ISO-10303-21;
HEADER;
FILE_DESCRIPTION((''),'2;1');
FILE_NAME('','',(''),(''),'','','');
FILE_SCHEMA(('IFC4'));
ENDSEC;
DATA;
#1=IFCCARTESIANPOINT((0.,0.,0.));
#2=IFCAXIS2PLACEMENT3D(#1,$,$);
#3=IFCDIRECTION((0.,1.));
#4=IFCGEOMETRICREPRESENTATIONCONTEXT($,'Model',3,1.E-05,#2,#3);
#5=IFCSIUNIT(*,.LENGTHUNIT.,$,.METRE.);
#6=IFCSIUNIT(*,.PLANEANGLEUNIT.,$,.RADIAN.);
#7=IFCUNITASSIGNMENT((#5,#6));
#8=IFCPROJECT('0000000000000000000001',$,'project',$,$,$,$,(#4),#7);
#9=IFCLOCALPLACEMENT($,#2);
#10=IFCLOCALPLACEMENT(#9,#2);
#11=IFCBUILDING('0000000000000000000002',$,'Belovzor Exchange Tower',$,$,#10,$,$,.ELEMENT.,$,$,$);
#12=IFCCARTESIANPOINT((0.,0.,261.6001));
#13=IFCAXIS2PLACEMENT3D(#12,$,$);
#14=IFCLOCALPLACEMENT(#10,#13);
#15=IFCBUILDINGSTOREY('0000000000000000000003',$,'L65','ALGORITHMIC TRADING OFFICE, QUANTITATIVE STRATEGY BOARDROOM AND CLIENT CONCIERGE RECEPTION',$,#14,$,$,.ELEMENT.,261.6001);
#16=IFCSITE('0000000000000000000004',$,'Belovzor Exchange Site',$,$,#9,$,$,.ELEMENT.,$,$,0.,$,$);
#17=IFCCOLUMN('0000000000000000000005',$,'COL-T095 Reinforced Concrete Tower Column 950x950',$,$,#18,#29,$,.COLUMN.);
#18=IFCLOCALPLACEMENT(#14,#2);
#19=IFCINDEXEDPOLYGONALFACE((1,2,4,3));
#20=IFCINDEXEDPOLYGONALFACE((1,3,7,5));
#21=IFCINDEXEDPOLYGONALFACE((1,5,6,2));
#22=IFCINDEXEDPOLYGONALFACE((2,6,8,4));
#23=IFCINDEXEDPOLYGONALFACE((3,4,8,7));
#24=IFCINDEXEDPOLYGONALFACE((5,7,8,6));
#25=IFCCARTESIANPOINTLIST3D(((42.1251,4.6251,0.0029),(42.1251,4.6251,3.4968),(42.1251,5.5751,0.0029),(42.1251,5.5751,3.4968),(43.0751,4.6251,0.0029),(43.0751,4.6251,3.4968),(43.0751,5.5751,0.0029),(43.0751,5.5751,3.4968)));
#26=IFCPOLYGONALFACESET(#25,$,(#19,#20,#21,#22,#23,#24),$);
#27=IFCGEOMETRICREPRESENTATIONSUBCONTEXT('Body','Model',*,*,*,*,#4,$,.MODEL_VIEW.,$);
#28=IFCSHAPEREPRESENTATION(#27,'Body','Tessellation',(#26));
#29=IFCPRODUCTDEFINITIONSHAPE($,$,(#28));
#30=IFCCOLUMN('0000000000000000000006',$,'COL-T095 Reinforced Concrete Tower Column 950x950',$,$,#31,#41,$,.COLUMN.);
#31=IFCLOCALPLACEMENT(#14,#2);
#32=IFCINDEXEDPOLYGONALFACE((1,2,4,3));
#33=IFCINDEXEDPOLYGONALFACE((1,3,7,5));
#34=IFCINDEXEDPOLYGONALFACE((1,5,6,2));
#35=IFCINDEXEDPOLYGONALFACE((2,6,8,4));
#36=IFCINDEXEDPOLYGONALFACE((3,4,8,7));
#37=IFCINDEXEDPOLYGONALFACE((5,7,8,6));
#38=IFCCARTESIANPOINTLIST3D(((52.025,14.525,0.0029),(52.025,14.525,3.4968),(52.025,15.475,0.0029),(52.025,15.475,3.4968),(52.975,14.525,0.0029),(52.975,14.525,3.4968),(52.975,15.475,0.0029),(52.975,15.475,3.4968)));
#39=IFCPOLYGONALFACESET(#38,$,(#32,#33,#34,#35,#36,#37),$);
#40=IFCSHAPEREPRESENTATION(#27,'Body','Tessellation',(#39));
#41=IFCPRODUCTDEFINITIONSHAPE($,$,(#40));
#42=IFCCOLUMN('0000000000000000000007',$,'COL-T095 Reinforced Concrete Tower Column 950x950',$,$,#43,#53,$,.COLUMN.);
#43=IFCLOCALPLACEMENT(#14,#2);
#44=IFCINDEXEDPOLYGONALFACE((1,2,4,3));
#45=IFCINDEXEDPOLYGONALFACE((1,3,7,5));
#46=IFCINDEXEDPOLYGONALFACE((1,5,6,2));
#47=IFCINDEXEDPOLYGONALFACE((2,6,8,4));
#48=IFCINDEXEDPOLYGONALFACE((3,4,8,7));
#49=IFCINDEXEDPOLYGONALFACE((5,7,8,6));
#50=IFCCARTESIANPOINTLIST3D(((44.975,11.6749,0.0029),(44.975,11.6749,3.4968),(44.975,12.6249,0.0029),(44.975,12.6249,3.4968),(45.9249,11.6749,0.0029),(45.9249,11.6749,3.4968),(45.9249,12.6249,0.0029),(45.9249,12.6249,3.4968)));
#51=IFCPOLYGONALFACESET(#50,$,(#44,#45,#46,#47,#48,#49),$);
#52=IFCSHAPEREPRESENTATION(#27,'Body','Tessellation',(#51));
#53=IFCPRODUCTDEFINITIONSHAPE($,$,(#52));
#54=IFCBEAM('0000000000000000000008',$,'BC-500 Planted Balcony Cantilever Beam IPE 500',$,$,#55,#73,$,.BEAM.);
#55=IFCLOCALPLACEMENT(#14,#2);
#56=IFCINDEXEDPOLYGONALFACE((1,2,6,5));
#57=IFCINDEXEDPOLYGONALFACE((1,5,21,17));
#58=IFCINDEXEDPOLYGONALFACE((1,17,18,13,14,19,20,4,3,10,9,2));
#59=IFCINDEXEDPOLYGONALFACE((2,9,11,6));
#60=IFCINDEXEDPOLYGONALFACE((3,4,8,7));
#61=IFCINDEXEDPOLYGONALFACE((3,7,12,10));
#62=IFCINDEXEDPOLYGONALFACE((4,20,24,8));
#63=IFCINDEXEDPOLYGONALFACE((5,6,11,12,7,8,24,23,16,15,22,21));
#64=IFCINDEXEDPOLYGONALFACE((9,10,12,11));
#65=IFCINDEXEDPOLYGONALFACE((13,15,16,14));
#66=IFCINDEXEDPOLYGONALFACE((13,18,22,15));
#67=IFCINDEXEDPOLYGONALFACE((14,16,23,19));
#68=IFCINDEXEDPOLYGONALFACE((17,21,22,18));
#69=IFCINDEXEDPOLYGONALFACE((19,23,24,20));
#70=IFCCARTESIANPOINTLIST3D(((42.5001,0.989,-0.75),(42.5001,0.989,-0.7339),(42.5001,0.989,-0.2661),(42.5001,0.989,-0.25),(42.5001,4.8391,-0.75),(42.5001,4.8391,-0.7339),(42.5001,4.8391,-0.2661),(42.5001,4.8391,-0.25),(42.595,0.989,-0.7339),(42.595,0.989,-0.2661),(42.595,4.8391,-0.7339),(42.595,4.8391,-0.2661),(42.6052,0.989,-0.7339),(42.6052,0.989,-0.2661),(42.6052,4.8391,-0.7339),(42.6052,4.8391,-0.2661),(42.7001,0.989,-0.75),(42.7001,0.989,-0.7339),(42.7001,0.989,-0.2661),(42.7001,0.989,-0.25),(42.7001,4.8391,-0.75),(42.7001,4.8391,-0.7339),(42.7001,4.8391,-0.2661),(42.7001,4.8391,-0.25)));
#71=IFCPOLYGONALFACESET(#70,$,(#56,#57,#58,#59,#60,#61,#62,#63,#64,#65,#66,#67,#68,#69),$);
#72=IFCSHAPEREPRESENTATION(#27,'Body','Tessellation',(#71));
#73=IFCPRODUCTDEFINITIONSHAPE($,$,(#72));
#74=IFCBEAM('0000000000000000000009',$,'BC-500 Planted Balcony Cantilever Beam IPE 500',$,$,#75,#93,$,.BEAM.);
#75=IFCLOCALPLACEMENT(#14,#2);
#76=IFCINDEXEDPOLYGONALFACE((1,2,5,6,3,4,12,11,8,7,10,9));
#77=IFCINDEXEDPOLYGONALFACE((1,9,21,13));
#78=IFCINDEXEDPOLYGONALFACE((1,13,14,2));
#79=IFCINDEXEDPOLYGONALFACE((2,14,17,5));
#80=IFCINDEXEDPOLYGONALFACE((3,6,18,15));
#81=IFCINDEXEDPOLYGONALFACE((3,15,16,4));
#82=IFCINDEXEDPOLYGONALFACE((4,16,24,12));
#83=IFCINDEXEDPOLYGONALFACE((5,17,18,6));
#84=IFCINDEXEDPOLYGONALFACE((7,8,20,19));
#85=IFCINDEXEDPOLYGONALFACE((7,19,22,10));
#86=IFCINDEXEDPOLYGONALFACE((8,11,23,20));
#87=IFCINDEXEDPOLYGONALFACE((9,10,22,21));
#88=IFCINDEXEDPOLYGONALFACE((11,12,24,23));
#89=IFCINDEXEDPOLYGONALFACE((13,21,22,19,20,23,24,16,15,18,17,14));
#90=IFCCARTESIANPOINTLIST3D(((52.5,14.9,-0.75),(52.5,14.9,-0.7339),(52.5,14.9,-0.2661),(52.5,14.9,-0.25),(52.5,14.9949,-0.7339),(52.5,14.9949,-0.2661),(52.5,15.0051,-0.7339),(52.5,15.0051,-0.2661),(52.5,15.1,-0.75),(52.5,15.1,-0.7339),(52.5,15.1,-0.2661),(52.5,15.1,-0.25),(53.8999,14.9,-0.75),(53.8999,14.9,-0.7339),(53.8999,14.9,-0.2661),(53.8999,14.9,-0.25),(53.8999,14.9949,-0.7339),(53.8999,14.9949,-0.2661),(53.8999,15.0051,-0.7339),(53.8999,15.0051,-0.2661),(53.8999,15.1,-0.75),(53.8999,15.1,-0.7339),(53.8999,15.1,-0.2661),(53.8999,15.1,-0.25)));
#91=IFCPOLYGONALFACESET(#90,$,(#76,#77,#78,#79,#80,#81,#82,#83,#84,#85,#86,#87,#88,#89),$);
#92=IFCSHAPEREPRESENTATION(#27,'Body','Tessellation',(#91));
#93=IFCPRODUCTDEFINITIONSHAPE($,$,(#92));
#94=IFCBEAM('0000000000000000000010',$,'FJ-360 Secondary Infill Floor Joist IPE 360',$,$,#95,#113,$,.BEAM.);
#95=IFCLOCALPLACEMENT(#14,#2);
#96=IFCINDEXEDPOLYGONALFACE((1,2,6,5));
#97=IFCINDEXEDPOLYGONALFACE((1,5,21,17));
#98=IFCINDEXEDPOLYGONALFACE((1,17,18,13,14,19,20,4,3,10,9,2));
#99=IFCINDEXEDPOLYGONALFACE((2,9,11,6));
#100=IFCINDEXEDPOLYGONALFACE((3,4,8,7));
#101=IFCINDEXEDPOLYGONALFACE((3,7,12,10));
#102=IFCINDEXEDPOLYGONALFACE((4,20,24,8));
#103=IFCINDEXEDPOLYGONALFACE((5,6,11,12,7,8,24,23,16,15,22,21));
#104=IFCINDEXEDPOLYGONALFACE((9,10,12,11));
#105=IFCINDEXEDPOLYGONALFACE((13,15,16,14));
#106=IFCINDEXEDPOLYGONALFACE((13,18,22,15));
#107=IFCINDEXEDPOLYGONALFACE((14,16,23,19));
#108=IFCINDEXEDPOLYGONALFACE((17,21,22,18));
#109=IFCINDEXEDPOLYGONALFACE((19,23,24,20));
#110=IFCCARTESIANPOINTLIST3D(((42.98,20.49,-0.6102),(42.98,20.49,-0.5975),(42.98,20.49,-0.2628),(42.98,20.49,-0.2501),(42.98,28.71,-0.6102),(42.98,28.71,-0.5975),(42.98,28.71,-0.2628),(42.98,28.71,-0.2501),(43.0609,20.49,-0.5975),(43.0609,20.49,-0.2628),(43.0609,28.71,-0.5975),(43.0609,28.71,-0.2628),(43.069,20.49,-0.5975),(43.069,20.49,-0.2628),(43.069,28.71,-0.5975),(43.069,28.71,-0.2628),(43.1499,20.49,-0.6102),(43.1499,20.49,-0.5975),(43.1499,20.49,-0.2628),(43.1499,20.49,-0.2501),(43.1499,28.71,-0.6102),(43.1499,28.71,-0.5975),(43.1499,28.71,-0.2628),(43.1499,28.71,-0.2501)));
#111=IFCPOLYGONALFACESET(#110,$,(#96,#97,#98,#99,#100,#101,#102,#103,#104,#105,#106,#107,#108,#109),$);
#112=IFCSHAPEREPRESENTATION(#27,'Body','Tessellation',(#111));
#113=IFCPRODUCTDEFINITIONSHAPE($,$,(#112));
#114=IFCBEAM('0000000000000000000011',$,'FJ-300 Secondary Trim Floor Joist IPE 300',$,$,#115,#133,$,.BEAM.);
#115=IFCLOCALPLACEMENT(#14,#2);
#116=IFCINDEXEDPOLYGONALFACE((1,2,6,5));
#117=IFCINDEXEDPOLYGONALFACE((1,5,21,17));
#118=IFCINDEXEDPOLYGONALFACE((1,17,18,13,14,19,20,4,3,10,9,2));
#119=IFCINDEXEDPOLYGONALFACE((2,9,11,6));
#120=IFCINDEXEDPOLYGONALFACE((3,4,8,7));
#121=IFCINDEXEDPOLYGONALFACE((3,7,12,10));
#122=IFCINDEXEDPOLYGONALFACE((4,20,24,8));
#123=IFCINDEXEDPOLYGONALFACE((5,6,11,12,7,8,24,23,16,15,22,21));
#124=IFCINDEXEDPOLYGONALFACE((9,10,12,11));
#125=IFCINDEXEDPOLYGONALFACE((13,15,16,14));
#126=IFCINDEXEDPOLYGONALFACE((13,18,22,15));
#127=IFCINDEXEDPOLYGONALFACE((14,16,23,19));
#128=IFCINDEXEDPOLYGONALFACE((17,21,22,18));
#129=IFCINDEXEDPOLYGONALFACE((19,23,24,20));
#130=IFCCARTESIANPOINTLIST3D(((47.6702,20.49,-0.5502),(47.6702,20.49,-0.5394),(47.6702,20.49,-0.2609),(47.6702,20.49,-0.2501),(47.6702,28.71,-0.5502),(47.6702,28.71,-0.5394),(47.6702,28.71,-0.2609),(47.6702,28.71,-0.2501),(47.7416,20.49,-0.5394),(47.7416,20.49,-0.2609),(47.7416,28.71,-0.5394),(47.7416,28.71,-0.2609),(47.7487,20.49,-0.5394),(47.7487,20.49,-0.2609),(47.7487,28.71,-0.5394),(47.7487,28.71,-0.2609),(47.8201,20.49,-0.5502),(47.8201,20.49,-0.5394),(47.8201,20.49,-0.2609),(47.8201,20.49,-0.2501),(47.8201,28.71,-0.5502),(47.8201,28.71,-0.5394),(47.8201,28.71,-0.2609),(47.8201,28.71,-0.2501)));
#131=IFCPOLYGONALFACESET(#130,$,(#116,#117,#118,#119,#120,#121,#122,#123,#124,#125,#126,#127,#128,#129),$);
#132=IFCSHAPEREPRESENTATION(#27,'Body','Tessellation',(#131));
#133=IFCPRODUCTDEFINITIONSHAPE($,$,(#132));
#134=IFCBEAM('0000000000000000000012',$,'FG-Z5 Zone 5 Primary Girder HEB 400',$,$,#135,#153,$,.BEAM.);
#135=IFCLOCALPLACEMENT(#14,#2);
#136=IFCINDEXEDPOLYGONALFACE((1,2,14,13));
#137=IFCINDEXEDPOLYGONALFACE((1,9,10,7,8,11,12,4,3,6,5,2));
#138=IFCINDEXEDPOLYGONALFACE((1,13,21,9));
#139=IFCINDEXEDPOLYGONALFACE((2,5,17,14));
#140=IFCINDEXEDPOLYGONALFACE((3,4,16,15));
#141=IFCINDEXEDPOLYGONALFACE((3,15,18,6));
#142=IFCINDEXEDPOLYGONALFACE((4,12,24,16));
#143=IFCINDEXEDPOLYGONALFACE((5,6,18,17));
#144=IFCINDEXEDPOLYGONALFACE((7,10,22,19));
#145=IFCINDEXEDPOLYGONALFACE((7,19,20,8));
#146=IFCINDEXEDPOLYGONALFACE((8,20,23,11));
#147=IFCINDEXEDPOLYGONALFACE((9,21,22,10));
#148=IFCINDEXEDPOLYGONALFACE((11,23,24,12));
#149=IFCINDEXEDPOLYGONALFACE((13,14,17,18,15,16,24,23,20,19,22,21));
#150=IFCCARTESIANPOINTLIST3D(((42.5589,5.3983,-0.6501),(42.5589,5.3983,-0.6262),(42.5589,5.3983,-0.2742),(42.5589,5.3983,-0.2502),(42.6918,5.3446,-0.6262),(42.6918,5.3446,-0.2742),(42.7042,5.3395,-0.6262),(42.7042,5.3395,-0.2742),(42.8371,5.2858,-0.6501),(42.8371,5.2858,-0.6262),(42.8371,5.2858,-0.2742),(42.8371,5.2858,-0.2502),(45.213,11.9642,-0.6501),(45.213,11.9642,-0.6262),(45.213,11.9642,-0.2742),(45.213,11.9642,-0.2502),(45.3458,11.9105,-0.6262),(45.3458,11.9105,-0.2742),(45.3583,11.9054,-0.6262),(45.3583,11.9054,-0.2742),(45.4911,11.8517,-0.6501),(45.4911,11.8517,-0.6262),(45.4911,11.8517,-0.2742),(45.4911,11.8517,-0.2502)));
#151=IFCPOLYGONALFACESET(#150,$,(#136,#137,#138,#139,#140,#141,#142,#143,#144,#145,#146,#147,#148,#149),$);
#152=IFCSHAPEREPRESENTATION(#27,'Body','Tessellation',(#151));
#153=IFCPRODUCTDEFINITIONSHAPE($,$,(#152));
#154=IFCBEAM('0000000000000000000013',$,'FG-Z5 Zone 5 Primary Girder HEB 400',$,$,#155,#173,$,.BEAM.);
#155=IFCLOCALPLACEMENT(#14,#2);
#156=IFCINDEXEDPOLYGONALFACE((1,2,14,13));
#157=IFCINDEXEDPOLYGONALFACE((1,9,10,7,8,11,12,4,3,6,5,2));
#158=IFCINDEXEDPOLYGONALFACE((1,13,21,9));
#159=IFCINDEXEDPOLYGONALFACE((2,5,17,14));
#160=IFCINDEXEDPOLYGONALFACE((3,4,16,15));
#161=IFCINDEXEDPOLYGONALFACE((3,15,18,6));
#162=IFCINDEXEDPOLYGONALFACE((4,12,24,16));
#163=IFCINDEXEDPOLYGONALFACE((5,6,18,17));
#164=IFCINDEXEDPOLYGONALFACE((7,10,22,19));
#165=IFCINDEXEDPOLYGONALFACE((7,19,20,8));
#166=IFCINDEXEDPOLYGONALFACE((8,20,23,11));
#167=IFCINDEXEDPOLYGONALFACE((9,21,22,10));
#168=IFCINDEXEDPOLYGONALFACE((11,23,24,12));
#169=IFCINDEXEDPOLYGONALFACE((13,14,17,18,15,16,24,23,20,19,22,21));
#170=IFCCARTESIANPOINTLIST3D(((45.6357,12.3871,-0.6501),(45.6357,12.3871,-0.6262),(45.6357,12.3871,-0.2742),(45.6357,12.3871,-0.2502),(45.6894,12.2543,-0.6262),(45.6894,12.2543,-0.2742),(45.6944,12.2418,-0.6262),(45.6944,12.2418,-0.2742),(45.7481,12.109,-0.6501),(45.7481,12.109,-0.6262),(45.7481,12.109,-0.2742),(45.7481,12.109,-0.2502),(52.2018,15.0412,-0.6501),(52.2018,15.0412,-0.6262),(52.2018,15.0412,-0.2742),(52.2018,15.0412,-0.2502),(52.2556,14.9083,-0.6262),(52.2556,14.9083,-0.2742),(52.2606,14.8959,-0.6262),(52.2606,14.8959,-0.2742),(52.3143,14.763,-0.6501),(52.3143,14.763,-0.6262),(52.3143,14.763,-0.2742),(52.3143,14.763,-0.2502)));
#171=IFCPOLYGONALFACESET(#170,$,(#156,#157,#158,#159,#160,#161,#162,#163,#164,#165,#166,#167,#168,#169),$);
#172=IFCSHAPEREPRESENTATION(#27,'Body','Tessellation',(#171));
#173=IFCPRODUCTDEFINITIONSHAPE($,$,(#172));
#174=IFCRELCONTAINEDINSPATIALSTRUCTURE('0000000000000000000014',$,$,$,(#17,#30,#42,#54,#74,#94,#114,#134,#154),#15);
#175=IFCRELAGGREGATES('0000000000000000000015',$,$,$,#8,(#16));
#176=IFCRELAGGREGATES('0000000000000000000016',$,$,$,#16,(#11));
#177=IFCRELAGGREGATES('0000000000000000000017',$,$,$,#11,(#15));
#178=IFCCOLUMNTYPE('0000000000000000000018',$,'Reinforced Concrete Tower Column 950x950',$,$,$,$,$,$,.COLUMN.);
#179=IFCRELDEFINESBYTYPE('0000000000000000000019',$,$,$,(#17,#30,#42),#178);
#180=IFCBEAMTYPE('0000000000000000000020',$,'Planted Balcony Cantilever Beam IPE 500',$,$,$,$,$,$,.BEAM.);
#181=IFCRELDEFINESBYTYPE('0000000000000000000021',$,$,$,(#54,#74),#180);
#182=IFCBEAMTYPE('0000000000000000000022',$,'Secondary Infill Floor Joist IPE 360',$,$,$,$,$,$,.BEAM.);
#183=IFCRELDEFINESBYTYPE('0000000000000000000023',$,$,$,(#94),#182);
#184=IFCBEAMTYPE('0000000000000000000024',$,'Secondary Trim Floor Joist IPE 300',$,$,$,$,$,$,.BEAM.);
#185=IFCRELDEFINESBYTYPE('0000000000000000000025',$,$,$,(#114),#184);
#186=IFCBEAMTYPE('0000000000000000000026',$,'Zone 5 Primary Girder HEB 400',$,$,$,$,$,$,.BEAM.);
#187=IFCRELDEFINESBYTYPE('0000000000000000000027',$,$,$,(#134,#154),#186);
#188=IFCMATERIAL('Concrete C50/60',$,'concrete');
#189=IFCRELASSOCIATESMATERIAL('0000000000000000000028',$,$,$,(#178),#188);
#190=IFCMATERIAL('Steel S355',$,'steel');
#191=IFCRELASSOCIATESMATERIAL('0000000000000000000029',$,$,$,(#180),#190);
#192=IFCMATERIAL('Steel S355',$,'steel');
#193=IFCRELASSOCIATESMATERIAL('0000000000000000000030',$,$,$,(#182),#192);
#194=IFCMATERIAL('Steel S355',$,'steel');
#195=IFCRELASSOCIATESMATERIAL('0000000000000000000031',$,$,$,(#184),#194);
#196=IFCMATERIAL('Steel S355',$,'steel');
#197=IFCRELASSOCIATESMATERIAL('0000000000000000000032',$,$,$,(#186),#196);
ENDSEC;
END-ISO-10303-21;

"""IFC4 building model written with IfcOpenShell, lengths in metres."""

from ifc_helpers import new_model, si_unit, direction, frame, origin, origin_2d, place, context, subcontext, project, spatial, rectangle, i_section, extrude, material, material_profile, profile_set, type_object, element, save


model = new_model("IFC4")

# Units and contexts
model_context = context("Model", 3, precision=1e-05, world=origin(), true_north=direction((0.0, 1.0)))
body_context = subcontext(model_context, "Body", "Model", "MODEL_VIEW")
ifc_project = project(units=[si_unit("LENGTHUNIT", "METRE"), si_unit("PLANEANGLEUNIT", "RADIAN")], contexts=[model_context])

# Site, building, storey
site_placement = place(None, origin())
site = spatial("IfcSite", under=ifc_project, at=site_placement, Name="Belovzor Exchange Site", CompositionType="ELEMENT", RefElevation=0.0)
building_placement = place(site_placement, origin())
building = spatial("IfcBuilding", under=site, at=building_placement, Name="Belovzor Exchange Tower", CompositionType="ELEMENT")
storey_placement = place(building_placement, frame((0.0, 0.0, 261.6001)))
storey = spatial("IfcBuildingStorey", under=building, at=storey_placement, Name="L65", Description="ALGORITHMIC TRADING OFFICE, QUANTITATIVE STRATEGY BOARDROOM AND CLIENT CONCIERGE RECEPTION", CompositionType="ELEMENT", Elevation=261.6001)

# Columns
ifc_material_1 = material(Name="Concrete C50/60", Category="concrete")
ifc_material_profile_1 = material_profile(ifc_material_1, rectangle(XDim=0.95, YDim=0.95, at=origin_2d()))
ifc_profile_set_1 = profile_set([ifc_material_profile_1], Name="Concrete C50/60")
column_type = type_object("IfcColumnType", Name="Reinforced Concrete Tower Column 950x950", PredefinedType="COLUMN", material=ifc_profile_set_1)
for number, where, z_axis, x_axis, name in (
    (1, (42.6001, 5.1001, 0.0029), (0.0, 0.0, 1.0), (1.0, 0.0, 0.0), "COL-T095 Reinforced Concrete Tower Column 950x950"),
    (2, (52.5, 15.0, 0.0029), (0.0, 0.0, 1.0), (1.0, 0.0, 0.0), "COL-T095 Reinforced Concrete Tower Column 950x950"),
    (3, (45.45, 12.1499, 0.0029), (0.0, 0.0, 1.0), (1.0, 0.0, 0.0), "COL-T095 Reinforced Concrete Tower Column 950x950"),
):
    element("IfcColumn", number, at=place(storey_placement, frame(where, z_axis=z_axis, x_axis=x_axis)), inside=storey, type_object=column_type, Name=name, PredefinedType="COLUMN", context=body_context, shape_type="SweptSolid", body=[
        extrude(rectangle(XDim=0.95, YDim=0.95, at=origin_2d()), origin(), (0.0, 0.0, 1.0), 3.4939),
    ])

# Beams
ifc_material_2 = material(Name="Steel S355", Category="steel")
ifc_material_profile_2 = material_profile(ifc_material_2, i_section(OverallWidth=0.2, OverallDepth=0.5, WebThickness=0.0103, FlangeThickness=0.0161, at=origin_2d()))
ifc_profile_set_2 = profile_set([ifc_material_profile_2], Name="Steel S355")
beam_type_1 = type_object("IfcBeamType", Name="Planted Balcony Cantilever Beam IPE 500", PredefinedType="BEAM", material=ifc_profile_set_2)
beam_1_placement = place(storey_placement, frame((42.6001, 4.8391, -0.5), z_axis=(0.0, -1.0, 0.0), x_axis=(1.0, 0.0, 0.0)))
element("IfcBeam", 4, at=beam_1_placement, inside=storey, type_object=beam_type_1, Name="BC-500 Planted Balcony Cantilever Beam IPE 500", PredefinedType="BEAM", context=body_context, shape_type="SweptSolid", body=[
    extrude(i_section(OverallWidth=0.2, OverallDepth=0.5, WebThickness=0.0103, FlangeThickness=0.0161, at=origin_2d()), origin(), (0.0, 0.0, 1.0), 3.8501),
])
beam_2_placement = place(storey_placement, frame((52.5, 15.0, -0.5), z_axis=(1.0, 0.0, 0.0), x_axis=(0.0, 1.0, 0.0)))
element("IfcBeam", 5, at=beam_2_placement, inside=storey, type_object=beam_type_1, Name="BC-500 Planted Balcony Cantilever Beam IPE 500", PredefinedType="BEAM", context=body_context, shape_type="SweptSolid", body=[
    extrude(i_section(OverallWidth=0.2, OverallDepth=0.5, WebThickness=0.0103, FlangeThickness=0.0161, at=origin_2d()), origin(), (0.0, 0.0, 1.0), 1.3999),
])
ifc_material_3 = material(Name="Steel S355", Category="steel")
ifc_material_profile_3 = material_profile(ifc_material_3, i_section(OverallWidth=0.1699, OverallDepth=0.3601, WebThickness=0.0081, FlangeThickness=0.0127, at=origin_2d()))
ifc_profile_set_3 = profile_set([ifc_material_profile_3], Name="Steel S355")
beam_type_2 = type_object("IfcBeamType", Name="Secondary Infill Floor Joist IPE 360", PredefinedType="BEAM", material=ifc_profile_set_3)
beam_3_placement = place(storey_placement, frame((43.0649, 20.49, -0.4302), z_axis=(0.0, 1.0, 0.0), x_axis=(-1.0, 0.0, 0.0)))
element("IfcBeam", 6, at=beam_3_placement, inside=storey, type_object=beam_type_2, Name="FJ-360 Secondary Infill Floor Joist IPE 360", PredefinedType="BEAM", context=body_context, shape_type="SweptSolid", body=[
    extrude(i_section(OverallWidth=0.1699, OverallDepth=0.3601, WebThickness=0.0081, FlangeThickness=0.0127, at=origin_2d()), origin(), (0.0, 0.0, 1.0), 8.22),
])
ifc_material_4 = material(Name="Steel S355", Category="steel")
ifc_material_profile_4 = material_profile(ifc_material_4, i_section(OverallWidth=0.1499, OverallDepth=0.3, WebThickness=0.0071, FlangeThickness=0.0107, at=origin_2d()))
ifc_profile_set_4 = profile_set([ifc_material_profile_4], Name="Steel S355")
beam_type_3 = type_object("IfcBeamType", Name="Secondary Trim Floor Joist IPE 300", PredefinedType="BEAM", material=ifc_profile_set_4)
beam_4_placement = place(storey_placement, frame((47.7451, 20.49, -0.4001), z_axis=(0.0, 1.0, 0.0), x_axis=(-1.0, 0.0, 0.0)))
element("IfcBeam", 7, at=beam_4_placement, inside=storey, type_object=beam_type_3, Name="FJ-300 Secondary Trim Floor Joist IPE 300", PredefinedType="BEAM", context=body_context, shape_type="SweptSolid", body=[
    extrude(i_section(OverallWidth=0.1499, OverallDepth=0.3, WebThickness=0.0071, FlangeThickness=0.0107, at=origin_2d()), origin(), (0.0, 0.0, 1.0), 8.22),
])
ifc_material_5 = material(Name="Steel S355", Category="steel")
ifc_material_profile_5 = material_profile(ifc_material_5, i_section(OverallWidth=0.3, OverallDepth=0.3999, WebThickness=0.0134, FlangeThickness=0.0239, at=origin_2d()))
ifc_profile_set_5 = profile_set([ifc_material_profile_5], Name="Steel S355")
beam_type_4 = type_object("IfcBeamType", Name="Zone 5 Primary Girder HEB 400", PredefinedType="BEAM", material=ifc_profile_set_5)
beam_5_placement = place(storey_placement, frame((42.698, 5.342, -0.4502), z_axis=(0.374758, 0.927123, 0.0), x_axis=(-0.927123, 0.374758, 0.0)))
element("IfcBeam", 8, at=beam_5_placement, inside=storey, type_object=beam_type_4, Name="FG-Z5 Zone 5 Primary Girder HEB 400", PredefinedType="BEAM", context=body_context, shape_type="SweptSolid", body=[
    extrude(i_section(OverallWidth=0.3, OverallDepth=0.3999, WebThickness=0.0134, FlangeThickness=0.0239, at=origin_2d()), origin(), (0.0, 0.0, 1.0), 7.082),
])
beam_6_placement = place(storey_placement, frame((45.6919, 12.248, -0.4502), z_axis=(0.927127, 0.374746, 0.0), x_axis=(-0.374746, 0.927127, 0.0)))
element("IfcBeam", 9, at=beam_6_placement, inside=storey, type_object=beam_type_4, Name="FG-Z5 Zone 5 Primary Girder HEB 400", PredefinedType="BEAM", context=body_context, shape_type="SweptSolid", body=[
    extrude(i_section(OverallWidth=0.3, OverallDepth=0.3999, WebThickness=0.0134, FlangeThickness=0.0239, at=origin_2d()), origin(), (0.0, 0.0, 1.0), 7.0823),
])

save(model, "model.ifc")
